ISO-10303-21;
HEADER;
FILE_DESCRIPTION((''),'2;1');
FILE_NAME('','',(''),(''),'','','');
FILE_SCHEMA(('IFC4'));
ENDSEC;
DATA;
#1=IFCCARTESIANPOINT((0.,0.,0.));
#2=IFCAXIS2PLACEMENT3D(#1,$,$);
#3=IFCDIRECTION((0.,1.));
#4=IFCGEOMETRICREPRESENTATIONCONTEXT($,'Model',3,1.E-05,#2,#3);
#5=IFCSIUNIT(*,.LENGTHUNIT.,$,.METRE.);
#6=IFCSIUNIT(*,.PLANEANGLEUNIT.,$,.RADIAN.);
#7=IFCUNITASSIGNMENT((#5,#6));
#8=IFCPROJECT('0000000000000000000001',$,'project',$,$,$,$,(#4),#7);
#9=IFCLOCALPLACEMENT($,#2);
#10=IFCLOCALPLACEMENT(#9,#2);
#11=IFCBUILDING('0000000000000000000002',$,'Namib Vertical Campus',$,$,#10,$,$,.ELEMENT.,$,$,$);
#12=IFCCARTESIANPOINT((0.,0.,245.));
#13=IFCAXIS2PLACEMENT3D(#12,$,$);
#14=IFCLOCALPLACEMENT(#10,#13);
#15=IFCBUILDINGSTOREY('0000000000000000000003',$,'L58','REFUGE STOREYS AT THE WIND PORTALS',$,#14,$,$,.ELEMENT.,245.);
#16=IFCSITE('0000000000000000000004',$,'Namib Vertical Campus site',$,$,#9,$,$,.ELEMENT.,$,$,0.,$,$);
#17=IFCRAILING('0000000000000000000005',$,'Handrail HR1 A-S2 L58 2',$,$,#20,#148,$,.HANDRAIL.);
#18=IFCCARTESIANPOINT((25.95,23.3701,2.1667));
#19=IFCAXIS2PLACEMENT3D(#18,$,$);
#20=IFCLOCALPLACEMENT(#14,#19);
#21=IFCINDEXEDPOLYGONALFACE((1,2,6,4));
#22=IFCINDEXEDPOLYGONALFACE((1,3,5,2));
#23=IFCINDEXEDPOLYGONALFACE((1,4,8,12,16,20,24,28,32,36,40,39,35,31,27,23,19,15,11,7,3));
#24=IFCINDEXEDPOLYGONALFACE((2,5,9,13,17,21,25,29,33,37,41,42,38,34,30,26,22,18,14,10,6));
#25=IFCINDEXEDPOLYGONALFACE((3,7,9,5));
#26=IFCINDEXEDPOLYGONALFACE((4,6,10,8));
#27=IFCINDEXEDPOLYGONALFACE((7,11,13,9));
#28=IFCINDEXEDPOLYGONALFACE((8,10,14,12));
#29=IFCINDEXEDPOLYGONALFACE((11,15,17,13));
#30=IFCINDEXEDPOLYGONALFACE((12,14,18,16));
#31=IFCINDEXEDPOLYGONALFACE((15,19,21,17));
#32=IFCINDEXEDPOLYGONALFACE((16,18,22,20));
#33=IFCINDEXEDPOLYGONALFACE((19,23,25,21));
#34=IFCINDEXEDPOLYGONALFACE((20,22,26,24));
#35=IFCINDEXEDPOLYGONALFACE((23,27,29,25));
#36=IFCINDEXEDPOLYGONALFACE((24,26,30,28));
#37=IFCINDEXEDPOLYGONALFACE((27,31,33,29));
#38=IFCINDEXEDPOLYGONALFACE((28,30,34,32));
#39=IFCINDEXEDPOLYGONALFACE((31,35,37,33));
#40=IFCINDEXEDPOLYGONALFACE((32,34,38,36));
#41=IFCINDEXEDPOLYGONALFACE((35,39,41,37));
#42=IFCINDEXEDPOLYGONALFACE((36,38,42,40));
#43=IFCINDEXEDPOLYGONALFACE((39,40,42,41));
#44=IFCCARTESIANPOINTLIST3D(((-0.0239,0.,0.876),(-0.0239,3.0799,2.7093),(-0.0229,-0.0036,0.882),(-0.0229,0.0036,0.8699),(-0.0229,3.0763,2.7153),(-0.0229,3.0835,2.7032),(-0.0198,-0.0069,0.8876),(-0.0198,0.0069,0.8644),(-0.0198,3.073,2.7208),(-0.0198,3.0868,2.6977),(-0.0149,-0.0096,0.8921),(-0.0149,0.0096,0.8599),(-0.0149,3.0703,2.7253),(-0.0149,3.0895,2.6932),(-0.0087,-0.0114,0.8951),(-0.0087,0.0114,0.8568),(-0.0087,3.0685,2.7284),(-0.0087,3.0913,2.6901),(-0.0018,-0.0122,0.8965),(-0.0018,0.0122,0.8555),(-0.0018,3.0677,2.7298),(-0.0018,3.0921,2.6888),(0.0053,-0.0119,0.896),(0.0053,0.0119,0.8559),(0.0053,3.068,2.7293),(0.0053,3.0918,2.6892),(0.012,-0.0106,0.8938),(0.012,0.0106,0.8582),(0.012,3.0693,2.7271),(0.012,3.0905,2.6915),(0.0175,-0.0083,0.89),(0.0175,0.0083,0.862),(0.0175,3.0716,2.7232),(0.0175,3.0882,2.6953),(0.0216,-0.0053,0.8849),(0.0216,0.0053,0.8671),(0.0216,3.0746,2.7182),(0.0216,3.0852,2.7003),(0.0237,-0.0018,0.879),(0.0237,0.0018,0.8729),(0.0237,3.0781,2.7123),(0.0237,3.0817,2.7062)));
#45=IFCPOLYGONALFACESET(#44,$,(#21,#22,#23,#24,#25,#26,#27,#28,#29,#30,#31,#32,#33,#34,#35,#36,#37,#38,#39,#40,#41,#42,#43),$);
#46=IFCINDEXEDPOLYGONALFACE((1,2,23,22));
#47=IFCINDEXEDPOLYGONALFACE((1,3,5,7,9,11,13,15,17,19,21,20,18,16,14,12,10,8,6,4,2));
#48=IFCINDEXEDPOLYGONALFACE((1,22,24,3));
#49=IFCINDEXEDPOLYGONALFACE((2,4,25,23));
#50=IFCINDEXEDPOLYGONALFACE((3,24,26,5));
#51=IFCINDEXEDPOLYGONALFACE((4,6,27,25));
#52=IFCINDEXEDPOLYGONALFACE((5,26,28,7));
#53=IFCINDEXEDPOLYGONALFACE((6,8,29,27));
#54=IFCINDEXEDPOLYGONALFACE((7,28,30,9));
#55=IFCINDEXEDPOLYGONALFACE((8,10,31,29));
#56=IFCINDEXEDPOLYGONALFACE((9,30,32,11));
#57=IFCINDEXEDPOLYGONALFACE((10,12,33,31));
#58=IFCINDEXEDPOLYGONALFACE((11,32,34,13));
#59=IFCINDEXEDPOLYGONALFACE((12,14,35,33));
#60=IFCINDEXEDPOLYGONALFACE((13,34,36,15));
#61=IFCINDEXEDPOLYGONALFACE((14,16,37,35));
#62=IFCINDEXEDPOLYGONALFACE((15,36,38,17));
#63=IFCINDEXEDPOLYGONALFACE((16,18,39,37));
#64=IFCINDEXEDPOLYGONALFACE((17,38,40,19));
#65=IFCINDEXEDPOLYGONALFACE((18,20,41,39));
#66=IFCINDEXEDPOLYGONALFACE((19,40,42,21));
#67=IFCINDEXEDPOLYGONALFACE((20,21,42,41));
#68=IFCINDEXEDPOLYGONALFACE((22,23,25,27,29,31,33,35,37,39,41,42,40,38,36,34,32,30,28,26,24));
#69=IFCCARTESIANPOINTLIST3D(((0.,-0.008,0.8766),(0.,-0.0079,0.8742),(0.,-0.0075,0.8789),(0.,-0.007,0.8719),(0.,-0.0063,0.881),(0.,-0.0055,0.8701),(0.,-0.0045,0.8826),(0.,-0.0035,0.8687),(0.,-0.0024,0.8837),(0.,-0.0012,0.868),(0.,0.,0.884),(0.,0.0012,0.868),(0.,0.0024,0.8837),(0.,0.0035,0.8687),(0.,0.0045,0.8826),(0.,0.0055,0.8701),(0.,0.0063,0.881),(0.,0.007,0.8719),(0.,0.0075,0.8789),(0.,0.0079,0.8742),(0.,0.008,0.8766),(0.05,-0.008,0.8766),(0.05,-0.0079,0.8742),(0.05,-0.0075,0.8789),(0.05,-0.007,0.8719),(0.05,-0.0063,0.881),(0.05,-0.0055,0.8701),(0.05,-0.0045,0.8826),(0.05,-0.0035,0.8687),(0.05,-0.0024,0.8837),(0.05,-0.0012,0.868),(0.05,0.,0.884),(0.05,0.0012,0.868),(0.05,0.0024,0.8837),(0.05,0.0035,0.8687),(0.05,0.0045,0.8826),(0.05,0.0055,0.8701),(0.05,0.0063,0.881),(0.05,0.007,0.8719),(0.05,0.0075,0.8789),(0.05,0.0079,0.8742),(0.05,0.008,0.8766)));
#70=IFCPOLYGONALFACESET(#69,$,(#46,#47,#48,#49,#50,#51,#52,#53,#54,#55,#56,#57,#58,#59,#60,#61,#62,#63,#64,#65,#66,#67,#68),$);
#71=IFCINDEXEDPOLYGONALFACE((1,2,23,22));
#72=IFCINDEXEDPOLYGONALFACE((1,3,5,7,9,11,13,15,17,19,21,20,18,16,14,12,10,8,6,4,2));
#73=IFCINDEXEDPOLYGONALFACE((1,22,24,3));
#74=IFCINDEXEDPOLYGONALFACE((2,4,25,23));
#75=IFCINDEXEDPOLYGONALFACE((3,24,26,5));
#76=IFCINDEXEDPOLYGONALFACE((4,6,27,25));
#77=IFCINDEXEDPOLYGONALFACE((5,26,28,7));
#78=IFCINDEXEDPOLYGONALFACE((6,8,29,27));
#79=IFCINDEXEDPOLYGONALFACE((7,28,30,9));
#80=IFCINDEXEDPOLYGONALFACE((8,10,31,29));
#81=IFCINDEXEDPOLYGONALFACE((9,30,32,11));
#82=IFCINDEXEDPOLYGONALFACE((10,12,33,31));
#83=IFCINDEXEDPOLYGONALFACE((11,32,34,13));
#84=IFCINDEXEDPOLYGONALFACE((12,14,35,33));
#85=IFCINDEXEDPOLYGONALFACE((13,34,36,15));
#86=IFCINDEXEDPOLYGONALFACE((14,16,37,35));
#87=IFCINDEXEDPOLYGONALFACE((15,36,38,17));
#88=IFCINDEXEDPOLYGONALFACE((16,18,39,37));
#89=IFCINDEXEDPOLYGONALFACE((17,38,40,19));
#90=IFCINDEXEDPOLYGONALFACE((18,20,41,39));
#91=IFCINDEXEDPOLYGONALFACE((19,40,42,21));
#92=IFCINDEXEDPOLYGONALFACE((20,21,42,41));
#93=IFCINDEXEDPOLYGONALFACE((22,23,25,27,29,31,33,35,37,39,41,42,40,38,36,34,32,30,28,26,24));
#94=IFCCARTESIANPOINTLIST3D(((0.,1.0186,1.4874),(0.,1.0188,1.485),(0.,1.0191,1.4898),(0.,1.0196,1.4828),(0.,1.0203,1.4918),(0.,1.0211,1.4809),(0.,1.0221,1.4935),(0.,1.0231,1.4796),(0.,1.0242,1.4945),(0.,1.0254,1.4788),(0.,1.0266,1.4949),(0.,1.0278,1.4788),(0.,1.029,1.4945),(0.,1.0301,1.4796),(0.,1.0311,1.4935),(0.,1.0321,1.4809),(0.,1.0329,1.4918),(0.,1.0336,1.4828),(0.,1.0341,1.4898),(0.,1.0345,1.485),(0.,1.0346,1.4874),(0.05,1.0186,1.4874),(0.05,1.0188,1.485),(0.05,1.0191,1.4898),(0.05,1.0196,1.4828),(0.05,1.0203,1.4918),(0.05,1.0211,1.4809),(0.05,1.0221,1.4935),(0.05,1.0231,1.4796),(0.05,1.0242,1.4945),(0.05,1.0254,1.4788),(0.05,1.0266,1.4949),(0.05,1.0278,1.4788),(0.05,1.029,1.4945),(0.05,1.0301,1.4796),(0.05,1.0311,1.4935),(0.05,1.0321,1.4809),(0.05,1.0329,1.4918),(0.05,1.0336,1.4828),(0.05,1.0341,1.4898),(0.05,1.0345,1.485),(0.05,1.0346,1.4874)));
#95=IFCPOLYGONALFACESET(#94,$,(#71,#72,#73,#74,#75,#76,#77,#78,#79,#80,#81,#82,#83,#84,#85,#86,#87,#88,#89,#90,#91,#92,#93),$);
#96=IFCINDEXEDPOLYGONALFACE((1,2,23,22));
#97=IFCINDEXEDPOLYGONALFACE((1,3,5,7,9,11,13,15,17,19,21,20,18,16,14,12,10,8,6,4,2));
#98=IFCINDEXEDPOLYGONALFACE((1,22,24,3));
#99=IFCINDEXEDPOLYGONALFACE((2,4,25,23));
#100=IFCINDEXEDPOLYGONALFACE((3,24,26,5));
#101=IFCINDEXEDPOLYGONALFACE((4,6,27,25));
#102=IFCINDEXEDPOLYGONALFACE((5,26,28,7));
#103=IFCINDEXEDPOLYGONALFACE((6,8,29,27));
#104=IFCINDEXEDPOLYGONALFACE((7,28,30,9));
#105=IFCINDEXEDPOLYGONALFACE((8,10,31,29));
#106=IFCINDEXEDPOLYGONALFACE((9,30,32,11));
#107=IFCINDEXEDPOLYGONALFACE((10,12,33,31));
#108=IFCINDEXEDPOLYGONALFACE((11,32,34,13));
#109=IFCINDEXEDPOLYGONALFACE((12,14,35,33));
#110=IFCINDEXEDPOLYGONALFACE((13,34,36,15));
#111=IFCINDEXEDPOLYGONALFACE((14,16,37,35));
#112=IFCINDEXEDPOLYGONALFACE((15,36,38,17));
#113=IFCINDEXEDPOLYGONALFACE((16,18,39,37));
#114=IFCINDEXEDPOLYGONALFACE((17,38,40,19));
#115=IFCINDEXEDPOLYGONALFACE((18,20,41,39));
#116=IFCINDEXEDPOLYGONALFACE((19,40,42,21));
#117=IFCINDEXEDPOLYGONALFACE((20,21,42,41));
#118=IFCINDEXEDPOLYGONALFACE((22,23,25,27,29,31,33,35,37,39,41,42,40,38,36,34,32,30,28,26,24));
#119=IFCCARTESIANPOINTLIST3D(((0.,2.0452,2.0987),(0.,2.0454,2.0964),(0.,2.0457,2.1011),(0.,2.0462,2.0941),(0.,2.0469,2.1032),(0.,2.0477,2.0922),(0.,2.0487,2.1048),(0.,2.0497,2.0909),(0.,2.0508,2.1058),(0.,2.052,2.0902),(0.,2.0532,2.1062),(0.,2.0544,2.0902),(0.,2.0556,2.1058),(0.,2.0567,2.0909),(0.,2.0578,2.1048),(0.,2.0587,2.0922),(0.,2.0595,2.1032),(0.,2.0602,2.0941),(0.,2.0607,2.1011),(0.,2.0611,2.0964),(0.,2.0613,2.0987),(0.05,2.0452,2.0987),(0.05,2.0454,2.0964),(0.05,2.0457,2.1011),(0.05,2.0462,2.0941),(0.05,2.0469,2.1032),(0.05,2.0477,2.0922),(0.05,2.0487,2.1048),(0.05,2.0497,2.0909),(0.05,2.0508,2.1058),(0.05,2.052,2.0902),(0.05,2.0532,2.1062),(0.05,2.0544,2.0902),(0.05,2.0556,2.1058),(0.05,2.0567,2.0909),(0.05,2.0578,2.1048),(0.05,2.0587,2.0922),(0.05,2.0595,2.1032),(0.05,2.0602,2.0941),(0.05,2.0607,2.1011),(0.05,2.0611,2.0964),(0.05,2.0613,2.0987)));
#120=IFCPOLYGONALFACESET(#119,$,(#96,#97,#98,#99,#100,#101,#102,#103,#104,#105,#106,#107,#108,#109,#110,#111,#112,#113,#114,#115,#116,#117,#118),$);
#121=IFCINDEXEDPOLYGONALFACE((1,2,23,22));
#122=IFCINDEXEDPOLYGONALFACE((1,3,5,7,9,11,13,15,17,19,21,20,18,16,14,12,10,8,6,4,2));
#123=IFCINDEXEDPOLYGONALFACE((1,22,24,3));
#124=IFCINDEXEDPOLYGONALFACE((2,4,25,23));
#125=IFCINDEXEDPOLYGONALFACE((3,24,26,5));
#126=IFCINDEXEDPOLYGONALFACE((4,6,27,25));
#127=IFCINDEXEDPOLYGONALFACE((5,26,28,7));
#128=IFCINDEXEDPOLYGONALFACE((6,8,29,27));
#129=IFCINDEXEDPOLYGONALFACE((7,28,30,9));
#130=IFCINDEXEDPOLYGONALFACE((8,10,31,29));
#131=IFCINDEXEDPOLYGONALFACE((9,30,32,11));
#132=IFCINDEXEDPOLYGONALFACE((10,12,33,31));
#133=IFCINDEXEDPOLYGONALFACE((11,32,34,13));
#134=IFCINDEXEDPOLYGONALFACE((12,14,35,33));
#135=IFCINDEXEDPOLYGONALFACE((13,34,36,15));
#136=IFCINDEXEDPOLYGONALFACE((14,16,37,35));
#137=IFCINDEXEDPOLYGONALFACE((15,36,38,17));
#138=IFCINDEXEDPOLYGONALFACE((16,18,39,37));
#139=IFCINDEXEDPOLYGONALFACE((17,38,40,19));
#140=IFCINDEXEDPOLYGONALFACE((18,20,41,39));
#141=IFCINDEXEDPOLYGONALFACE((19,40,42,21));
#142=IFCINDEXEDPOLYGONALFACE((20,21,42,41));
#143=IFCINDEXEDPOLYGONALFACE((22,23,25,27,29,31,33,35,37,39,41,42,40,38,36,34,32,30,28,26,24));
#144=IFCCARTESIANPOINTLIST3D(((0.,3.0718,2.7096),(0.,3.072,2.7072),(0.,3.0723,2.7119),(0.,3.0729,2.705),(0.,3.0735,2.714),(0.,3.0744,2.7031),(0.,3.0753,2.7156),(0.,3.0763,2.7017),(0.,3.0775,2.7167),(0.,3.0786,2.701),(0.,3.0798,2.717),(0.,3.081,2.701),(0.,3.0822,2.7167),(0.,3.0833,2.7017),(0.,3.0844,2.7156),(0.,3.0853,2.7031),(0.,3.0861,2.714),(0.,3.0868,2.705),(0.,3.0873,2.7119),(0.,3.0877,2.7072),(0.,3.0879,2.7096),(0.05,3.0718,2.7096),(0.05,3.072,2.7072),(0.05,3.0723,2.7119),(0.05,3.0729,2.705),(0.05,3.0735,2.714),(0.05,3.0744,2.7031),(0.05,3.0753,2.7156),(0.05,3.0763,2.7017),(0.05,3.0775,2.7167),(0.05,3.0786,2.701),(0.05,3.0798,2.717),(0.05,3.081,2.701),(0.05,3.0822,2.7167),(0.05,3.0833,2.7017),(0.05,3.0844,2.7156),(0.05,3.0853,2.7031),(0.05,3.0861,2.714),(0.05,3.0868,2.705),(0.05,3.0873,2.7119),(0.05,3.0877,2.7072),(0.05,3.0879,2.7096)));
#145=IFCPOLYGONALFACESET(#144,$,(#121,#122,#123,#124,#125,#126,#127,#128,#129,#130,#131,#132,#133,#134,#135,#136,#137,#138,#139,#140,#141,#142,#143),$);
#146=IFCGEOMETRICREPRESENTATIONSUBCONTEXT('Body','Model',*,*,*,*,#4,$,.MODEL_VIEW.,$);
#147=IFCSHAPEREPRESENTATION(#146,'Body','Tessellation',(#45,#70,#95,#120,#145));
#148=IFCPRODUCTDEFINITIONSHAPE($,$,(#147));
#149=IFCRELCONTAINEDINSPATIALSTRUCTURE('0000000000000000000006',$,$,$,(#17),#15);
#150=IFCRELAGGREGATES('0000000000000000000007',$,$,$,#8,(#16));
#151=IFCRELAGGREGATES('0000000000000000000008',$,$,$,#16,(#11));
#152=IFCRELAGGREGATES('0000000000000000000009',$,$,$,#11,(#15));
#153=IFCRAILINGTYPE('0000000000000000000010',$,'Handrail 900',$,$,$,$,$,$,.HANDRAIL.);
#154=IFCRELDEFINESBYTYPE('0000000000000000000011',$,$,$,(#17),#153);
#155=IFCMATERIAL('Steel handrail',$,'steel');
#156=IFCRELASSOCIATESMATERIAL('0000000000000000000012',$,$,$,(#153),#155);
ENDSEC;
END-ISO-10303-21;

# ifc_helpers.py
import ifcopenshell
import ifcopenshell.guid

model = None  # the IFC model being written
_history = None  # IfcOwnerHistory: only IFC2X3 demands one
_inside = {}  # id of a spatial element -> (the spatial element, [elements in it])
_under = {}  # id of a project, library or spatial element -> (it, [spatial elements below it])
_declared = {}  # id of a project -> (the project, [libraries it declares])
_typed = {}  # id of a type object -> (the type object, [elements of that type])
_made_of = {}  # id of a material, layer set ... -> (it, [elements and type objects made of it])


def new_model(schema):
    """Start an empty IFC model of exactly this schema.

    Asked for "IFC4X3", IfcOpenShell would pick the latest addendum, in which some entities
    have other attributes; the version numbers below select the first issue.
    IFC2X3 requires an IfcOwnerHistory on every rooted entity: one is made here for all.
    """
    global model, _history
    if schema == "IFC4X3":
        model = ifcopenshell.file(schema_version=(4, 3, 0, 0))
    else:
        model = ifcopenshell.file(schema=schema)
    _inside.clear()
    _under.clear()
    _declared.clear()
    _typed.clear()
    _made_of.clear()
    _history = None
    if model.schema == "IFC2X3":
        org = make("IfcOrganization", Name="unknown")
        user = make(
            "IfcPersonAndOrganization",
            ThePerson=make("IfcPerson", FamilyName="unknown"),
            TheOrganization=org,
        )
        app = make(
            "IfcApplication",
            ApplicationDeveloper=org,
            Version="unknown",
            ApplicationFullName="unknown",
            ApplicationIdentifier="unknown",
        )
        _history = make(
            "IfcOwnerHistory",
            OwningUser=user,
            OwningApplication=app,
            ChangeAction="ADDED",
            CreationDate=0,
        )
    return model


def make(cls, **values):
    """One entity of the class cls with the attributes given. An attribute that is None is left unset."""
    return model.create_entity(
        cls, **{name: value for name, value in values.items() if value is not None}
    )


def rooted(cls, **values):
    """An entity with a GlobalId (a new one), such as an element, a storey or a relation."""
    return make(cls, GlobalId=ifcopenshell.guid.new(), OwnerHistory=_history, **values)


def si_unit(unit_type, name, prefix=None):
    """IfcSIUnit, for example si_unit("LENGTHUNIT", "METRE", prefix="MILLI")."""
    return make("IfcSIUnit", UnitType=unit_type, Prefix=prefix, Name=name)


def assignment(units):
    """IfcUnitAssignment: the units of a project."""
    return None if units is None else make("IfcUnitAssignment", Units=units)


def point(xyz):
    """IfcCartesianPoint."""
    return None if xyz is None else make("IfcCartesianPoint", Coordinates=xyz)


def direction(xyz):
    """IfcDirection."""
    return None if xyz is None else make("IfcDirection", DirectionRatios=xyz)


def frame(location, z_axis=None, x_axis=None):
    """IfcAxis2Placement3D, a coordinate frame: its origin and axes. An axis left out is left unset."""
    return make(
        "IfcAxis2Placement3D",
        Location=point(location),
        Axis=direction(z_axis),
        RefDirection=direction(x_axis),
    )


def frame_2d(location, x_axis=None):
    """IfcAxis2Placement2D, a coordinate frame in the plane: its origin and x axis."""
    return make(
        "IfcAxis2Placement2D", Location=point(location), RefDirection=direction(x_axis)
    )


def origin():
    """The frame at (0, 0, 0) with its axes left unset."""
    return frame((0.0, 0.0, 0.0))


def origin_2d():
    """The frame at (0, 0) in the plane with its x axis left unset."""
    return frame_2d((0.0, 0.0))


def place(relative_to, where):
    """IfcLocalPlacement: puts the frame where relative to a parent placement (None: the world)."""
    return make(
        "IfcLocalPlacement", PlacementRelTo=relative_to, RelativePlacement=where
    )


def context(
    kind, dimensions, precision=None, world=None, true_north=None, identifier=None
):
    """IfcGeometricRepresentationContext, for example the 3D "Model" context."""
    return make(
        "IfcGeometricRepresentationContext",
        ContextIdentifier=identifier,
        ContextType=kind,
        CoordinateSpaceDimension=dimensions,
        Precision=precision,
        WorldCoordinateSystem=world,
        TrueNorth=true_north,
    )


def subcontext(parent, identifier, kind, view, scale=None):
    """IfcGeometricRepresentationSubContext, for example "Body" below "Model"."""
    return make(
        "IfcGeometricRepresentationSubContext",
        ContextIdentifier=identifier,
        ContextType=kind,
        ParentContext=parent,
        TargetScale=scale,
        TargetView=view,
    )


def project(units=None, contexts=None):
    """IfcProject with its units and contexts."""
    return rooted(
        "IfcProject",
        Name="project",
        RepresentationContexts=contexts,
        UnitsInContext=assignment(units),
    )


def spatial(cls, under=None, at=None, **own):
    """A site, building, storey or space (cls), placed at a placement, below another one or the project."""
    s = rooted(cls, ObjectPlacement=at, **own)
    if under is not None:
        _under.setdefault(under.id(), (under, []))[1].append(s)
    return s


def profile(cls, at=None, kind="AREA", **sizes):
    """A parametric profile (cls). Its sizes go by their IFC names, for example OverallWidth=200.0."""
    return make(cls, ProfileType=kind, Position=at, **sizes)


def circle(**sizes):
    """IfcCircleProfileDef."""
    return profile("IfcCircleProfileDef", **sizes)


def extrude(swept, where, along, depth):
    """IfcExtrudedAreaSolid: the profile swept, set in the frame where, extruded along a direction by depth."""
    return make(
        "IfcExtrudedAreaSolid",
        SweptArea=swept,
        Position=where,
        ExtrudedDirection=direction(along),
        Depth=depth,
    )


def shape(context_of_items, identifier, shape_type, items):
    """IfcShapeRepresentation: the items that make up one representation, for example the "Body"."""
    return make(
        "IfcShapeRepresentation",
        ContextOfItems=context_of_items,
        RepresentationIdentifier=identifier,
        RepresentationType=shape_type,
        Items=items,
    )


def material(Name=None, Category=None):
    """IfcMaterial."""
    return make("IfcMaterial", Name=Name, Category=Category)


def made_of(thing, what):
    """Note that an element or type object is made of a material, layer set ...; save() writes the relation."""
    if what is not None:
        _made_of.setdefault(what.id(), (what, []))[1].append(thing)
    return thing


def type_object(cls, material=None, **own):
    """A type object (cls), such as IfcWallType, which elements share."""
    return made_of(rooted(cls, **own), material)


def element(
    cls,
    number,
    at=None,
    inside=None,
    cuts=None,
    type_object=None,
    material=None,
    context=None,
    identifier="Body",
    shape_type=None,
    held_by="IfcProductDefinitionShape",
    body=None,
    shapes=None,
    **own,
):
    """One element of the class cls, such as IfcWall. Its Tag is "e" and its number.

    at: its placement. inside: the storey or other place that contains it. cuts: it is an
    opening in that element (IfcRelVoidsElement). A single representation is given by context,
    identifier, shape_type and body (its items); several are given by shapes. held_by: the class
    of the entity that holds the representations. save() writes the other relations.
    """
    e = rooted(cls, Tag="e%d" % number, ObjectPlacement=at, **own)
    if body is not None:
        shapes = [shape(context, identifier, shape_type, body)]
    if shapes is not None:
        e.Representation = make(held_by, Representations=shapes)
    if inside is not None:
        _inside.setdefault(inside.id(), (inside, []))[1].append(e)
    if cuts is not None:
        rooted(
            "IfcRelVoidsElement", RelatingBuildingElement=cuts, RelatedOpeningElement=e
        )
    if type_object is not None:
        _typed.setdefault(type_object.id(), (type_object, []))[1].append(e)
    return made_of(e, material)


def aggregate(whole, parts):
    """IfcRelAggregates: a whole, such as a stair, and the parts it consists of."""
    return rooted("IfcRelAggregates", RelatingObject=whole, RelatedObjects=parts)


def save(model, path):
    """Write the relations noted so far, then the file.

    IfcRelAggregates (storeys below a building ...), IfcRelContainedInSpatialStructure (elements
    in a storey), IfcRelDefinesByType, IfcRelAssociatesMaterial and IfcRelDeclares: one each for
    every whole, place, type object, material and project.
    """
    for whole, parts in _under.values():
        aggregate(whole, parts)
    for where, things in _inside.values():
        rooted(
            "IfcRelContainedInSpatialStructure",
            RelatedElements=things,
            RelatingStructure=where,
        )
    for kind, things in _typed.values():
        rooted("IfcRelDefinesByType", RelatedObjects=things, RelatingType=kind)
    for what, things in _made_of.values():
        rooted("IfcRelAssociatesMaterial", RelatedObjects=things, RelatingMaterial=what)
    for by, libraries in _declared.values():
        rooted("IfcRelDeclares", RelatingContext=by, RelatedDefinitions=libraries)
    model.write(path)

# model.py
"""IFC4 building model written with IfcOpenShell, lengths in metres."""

from ifc_helpers import new_model, si_unit, direction, frame, origin, origin_2d, place, context, subcontext, project, spatial, circle, extrude, material, type_object, element, save


model = new_model("IFC4")

# Units and contexts
model_context = context("Model", 3, precision=1e-05, world=origin(), true_north=direction((0.0, 1.0)))
body_context = subcontext(model_context, "Body", "Model", "MODEL_VIEW")
ifc_project = project(units=[si_unit("LENGTHUNIT", "METRE"), si_unit("PLANEANGLEUNIT", "RADIAN")], contexts=[model_context])

# Site, building, storey
site_placement = place(None, origin())
site = spatial("IfcSite", under=ifc_project, at=site_placement, Name="Namib Vertical Campus site", CompositionType="ELEMENT", RefElevation=0.0)
building_placement = place(site_placement, origin())
building = spatial("IfcBuilding", under=site, at=building_placement, Name="Namib Vertical Campus", CompositionType="ELEMENT")
storey_placement = place(building_placement, frame((0.0, 0.0, 245.0)))
storey = spatial("IfcBuildingStorey", under=building, at=storey_placement, Name="L58", Description="REFUGE STOREYS AT THE WIND PORTALS", CompositionType="ELEMENT", Elevation=245.0)

# Railing
ifc_material_1 = material(Name="Steel handrail", Category="steel")
railing_type_1 = type_object("IfcRailingType", Name="Handrail 900", PredefinedType="HANDRAIL", material=ifc_material_1)
railing_1_placement = place(storey_placement, frame((25.95, 23.3701, 2.1667)))
element("IfcRailing", 1, at=railing_1_placement, inside=storey, type_object=railing_type_1, Name="Handrail HR1 A-S2 L58 2", PredefinedType="HANDRAIL", context=body_context, shape_type="SweptSolid", body=[
    extrude(circle(Radius=0.0239, at=origin_2d()), frame((0.0, 0.0, 0.876), z_axis=(0.0, 0.859291, 0.511487), x_axis=(-1.0, 0.0, 0.0)), (0.0, 0.0, 1.0), 3.5842),
    extrude(circle(Radius=0.0081, at=origin_2d()), frame((0.0, 0.0, 0.876), z_axis=(1.0, 0.0, 0.0), x_axis=(0.0, 0.0, 1.0)), (0.0, 0.0, 1.0), 0.05),
    extrude(circle(Radius=0.0081, at=origin_2d()), frame((0.0, 1.0266, 1.4868), z_axis=(1.0, 0.0, 0.0), x_axis=(0.0, 0.0, 1.0)), (0.0, 0.0, 1.0), 0.05),
    extrude(circle(Radius=0.0081, at=origin_2d()), frame((0.0, 2.0532, 2.0981), z_axis=(1.0, 0.0, 0.0), x_axis=(0.0, 0.0, 1.0)), (0.0, 0.0, 1.0), 0.05),
    extrude(circle(Radius=0.0081, at=origin_2d()), frame((0.0, 3.0798, 2.709), z_axis=(1.0, 0.0, 0.0), x_axis=(0.0, 0.0, 1.0)), (0.0, 0.0, 1.0), 0.05),
])

save(model, "model.ifc")
